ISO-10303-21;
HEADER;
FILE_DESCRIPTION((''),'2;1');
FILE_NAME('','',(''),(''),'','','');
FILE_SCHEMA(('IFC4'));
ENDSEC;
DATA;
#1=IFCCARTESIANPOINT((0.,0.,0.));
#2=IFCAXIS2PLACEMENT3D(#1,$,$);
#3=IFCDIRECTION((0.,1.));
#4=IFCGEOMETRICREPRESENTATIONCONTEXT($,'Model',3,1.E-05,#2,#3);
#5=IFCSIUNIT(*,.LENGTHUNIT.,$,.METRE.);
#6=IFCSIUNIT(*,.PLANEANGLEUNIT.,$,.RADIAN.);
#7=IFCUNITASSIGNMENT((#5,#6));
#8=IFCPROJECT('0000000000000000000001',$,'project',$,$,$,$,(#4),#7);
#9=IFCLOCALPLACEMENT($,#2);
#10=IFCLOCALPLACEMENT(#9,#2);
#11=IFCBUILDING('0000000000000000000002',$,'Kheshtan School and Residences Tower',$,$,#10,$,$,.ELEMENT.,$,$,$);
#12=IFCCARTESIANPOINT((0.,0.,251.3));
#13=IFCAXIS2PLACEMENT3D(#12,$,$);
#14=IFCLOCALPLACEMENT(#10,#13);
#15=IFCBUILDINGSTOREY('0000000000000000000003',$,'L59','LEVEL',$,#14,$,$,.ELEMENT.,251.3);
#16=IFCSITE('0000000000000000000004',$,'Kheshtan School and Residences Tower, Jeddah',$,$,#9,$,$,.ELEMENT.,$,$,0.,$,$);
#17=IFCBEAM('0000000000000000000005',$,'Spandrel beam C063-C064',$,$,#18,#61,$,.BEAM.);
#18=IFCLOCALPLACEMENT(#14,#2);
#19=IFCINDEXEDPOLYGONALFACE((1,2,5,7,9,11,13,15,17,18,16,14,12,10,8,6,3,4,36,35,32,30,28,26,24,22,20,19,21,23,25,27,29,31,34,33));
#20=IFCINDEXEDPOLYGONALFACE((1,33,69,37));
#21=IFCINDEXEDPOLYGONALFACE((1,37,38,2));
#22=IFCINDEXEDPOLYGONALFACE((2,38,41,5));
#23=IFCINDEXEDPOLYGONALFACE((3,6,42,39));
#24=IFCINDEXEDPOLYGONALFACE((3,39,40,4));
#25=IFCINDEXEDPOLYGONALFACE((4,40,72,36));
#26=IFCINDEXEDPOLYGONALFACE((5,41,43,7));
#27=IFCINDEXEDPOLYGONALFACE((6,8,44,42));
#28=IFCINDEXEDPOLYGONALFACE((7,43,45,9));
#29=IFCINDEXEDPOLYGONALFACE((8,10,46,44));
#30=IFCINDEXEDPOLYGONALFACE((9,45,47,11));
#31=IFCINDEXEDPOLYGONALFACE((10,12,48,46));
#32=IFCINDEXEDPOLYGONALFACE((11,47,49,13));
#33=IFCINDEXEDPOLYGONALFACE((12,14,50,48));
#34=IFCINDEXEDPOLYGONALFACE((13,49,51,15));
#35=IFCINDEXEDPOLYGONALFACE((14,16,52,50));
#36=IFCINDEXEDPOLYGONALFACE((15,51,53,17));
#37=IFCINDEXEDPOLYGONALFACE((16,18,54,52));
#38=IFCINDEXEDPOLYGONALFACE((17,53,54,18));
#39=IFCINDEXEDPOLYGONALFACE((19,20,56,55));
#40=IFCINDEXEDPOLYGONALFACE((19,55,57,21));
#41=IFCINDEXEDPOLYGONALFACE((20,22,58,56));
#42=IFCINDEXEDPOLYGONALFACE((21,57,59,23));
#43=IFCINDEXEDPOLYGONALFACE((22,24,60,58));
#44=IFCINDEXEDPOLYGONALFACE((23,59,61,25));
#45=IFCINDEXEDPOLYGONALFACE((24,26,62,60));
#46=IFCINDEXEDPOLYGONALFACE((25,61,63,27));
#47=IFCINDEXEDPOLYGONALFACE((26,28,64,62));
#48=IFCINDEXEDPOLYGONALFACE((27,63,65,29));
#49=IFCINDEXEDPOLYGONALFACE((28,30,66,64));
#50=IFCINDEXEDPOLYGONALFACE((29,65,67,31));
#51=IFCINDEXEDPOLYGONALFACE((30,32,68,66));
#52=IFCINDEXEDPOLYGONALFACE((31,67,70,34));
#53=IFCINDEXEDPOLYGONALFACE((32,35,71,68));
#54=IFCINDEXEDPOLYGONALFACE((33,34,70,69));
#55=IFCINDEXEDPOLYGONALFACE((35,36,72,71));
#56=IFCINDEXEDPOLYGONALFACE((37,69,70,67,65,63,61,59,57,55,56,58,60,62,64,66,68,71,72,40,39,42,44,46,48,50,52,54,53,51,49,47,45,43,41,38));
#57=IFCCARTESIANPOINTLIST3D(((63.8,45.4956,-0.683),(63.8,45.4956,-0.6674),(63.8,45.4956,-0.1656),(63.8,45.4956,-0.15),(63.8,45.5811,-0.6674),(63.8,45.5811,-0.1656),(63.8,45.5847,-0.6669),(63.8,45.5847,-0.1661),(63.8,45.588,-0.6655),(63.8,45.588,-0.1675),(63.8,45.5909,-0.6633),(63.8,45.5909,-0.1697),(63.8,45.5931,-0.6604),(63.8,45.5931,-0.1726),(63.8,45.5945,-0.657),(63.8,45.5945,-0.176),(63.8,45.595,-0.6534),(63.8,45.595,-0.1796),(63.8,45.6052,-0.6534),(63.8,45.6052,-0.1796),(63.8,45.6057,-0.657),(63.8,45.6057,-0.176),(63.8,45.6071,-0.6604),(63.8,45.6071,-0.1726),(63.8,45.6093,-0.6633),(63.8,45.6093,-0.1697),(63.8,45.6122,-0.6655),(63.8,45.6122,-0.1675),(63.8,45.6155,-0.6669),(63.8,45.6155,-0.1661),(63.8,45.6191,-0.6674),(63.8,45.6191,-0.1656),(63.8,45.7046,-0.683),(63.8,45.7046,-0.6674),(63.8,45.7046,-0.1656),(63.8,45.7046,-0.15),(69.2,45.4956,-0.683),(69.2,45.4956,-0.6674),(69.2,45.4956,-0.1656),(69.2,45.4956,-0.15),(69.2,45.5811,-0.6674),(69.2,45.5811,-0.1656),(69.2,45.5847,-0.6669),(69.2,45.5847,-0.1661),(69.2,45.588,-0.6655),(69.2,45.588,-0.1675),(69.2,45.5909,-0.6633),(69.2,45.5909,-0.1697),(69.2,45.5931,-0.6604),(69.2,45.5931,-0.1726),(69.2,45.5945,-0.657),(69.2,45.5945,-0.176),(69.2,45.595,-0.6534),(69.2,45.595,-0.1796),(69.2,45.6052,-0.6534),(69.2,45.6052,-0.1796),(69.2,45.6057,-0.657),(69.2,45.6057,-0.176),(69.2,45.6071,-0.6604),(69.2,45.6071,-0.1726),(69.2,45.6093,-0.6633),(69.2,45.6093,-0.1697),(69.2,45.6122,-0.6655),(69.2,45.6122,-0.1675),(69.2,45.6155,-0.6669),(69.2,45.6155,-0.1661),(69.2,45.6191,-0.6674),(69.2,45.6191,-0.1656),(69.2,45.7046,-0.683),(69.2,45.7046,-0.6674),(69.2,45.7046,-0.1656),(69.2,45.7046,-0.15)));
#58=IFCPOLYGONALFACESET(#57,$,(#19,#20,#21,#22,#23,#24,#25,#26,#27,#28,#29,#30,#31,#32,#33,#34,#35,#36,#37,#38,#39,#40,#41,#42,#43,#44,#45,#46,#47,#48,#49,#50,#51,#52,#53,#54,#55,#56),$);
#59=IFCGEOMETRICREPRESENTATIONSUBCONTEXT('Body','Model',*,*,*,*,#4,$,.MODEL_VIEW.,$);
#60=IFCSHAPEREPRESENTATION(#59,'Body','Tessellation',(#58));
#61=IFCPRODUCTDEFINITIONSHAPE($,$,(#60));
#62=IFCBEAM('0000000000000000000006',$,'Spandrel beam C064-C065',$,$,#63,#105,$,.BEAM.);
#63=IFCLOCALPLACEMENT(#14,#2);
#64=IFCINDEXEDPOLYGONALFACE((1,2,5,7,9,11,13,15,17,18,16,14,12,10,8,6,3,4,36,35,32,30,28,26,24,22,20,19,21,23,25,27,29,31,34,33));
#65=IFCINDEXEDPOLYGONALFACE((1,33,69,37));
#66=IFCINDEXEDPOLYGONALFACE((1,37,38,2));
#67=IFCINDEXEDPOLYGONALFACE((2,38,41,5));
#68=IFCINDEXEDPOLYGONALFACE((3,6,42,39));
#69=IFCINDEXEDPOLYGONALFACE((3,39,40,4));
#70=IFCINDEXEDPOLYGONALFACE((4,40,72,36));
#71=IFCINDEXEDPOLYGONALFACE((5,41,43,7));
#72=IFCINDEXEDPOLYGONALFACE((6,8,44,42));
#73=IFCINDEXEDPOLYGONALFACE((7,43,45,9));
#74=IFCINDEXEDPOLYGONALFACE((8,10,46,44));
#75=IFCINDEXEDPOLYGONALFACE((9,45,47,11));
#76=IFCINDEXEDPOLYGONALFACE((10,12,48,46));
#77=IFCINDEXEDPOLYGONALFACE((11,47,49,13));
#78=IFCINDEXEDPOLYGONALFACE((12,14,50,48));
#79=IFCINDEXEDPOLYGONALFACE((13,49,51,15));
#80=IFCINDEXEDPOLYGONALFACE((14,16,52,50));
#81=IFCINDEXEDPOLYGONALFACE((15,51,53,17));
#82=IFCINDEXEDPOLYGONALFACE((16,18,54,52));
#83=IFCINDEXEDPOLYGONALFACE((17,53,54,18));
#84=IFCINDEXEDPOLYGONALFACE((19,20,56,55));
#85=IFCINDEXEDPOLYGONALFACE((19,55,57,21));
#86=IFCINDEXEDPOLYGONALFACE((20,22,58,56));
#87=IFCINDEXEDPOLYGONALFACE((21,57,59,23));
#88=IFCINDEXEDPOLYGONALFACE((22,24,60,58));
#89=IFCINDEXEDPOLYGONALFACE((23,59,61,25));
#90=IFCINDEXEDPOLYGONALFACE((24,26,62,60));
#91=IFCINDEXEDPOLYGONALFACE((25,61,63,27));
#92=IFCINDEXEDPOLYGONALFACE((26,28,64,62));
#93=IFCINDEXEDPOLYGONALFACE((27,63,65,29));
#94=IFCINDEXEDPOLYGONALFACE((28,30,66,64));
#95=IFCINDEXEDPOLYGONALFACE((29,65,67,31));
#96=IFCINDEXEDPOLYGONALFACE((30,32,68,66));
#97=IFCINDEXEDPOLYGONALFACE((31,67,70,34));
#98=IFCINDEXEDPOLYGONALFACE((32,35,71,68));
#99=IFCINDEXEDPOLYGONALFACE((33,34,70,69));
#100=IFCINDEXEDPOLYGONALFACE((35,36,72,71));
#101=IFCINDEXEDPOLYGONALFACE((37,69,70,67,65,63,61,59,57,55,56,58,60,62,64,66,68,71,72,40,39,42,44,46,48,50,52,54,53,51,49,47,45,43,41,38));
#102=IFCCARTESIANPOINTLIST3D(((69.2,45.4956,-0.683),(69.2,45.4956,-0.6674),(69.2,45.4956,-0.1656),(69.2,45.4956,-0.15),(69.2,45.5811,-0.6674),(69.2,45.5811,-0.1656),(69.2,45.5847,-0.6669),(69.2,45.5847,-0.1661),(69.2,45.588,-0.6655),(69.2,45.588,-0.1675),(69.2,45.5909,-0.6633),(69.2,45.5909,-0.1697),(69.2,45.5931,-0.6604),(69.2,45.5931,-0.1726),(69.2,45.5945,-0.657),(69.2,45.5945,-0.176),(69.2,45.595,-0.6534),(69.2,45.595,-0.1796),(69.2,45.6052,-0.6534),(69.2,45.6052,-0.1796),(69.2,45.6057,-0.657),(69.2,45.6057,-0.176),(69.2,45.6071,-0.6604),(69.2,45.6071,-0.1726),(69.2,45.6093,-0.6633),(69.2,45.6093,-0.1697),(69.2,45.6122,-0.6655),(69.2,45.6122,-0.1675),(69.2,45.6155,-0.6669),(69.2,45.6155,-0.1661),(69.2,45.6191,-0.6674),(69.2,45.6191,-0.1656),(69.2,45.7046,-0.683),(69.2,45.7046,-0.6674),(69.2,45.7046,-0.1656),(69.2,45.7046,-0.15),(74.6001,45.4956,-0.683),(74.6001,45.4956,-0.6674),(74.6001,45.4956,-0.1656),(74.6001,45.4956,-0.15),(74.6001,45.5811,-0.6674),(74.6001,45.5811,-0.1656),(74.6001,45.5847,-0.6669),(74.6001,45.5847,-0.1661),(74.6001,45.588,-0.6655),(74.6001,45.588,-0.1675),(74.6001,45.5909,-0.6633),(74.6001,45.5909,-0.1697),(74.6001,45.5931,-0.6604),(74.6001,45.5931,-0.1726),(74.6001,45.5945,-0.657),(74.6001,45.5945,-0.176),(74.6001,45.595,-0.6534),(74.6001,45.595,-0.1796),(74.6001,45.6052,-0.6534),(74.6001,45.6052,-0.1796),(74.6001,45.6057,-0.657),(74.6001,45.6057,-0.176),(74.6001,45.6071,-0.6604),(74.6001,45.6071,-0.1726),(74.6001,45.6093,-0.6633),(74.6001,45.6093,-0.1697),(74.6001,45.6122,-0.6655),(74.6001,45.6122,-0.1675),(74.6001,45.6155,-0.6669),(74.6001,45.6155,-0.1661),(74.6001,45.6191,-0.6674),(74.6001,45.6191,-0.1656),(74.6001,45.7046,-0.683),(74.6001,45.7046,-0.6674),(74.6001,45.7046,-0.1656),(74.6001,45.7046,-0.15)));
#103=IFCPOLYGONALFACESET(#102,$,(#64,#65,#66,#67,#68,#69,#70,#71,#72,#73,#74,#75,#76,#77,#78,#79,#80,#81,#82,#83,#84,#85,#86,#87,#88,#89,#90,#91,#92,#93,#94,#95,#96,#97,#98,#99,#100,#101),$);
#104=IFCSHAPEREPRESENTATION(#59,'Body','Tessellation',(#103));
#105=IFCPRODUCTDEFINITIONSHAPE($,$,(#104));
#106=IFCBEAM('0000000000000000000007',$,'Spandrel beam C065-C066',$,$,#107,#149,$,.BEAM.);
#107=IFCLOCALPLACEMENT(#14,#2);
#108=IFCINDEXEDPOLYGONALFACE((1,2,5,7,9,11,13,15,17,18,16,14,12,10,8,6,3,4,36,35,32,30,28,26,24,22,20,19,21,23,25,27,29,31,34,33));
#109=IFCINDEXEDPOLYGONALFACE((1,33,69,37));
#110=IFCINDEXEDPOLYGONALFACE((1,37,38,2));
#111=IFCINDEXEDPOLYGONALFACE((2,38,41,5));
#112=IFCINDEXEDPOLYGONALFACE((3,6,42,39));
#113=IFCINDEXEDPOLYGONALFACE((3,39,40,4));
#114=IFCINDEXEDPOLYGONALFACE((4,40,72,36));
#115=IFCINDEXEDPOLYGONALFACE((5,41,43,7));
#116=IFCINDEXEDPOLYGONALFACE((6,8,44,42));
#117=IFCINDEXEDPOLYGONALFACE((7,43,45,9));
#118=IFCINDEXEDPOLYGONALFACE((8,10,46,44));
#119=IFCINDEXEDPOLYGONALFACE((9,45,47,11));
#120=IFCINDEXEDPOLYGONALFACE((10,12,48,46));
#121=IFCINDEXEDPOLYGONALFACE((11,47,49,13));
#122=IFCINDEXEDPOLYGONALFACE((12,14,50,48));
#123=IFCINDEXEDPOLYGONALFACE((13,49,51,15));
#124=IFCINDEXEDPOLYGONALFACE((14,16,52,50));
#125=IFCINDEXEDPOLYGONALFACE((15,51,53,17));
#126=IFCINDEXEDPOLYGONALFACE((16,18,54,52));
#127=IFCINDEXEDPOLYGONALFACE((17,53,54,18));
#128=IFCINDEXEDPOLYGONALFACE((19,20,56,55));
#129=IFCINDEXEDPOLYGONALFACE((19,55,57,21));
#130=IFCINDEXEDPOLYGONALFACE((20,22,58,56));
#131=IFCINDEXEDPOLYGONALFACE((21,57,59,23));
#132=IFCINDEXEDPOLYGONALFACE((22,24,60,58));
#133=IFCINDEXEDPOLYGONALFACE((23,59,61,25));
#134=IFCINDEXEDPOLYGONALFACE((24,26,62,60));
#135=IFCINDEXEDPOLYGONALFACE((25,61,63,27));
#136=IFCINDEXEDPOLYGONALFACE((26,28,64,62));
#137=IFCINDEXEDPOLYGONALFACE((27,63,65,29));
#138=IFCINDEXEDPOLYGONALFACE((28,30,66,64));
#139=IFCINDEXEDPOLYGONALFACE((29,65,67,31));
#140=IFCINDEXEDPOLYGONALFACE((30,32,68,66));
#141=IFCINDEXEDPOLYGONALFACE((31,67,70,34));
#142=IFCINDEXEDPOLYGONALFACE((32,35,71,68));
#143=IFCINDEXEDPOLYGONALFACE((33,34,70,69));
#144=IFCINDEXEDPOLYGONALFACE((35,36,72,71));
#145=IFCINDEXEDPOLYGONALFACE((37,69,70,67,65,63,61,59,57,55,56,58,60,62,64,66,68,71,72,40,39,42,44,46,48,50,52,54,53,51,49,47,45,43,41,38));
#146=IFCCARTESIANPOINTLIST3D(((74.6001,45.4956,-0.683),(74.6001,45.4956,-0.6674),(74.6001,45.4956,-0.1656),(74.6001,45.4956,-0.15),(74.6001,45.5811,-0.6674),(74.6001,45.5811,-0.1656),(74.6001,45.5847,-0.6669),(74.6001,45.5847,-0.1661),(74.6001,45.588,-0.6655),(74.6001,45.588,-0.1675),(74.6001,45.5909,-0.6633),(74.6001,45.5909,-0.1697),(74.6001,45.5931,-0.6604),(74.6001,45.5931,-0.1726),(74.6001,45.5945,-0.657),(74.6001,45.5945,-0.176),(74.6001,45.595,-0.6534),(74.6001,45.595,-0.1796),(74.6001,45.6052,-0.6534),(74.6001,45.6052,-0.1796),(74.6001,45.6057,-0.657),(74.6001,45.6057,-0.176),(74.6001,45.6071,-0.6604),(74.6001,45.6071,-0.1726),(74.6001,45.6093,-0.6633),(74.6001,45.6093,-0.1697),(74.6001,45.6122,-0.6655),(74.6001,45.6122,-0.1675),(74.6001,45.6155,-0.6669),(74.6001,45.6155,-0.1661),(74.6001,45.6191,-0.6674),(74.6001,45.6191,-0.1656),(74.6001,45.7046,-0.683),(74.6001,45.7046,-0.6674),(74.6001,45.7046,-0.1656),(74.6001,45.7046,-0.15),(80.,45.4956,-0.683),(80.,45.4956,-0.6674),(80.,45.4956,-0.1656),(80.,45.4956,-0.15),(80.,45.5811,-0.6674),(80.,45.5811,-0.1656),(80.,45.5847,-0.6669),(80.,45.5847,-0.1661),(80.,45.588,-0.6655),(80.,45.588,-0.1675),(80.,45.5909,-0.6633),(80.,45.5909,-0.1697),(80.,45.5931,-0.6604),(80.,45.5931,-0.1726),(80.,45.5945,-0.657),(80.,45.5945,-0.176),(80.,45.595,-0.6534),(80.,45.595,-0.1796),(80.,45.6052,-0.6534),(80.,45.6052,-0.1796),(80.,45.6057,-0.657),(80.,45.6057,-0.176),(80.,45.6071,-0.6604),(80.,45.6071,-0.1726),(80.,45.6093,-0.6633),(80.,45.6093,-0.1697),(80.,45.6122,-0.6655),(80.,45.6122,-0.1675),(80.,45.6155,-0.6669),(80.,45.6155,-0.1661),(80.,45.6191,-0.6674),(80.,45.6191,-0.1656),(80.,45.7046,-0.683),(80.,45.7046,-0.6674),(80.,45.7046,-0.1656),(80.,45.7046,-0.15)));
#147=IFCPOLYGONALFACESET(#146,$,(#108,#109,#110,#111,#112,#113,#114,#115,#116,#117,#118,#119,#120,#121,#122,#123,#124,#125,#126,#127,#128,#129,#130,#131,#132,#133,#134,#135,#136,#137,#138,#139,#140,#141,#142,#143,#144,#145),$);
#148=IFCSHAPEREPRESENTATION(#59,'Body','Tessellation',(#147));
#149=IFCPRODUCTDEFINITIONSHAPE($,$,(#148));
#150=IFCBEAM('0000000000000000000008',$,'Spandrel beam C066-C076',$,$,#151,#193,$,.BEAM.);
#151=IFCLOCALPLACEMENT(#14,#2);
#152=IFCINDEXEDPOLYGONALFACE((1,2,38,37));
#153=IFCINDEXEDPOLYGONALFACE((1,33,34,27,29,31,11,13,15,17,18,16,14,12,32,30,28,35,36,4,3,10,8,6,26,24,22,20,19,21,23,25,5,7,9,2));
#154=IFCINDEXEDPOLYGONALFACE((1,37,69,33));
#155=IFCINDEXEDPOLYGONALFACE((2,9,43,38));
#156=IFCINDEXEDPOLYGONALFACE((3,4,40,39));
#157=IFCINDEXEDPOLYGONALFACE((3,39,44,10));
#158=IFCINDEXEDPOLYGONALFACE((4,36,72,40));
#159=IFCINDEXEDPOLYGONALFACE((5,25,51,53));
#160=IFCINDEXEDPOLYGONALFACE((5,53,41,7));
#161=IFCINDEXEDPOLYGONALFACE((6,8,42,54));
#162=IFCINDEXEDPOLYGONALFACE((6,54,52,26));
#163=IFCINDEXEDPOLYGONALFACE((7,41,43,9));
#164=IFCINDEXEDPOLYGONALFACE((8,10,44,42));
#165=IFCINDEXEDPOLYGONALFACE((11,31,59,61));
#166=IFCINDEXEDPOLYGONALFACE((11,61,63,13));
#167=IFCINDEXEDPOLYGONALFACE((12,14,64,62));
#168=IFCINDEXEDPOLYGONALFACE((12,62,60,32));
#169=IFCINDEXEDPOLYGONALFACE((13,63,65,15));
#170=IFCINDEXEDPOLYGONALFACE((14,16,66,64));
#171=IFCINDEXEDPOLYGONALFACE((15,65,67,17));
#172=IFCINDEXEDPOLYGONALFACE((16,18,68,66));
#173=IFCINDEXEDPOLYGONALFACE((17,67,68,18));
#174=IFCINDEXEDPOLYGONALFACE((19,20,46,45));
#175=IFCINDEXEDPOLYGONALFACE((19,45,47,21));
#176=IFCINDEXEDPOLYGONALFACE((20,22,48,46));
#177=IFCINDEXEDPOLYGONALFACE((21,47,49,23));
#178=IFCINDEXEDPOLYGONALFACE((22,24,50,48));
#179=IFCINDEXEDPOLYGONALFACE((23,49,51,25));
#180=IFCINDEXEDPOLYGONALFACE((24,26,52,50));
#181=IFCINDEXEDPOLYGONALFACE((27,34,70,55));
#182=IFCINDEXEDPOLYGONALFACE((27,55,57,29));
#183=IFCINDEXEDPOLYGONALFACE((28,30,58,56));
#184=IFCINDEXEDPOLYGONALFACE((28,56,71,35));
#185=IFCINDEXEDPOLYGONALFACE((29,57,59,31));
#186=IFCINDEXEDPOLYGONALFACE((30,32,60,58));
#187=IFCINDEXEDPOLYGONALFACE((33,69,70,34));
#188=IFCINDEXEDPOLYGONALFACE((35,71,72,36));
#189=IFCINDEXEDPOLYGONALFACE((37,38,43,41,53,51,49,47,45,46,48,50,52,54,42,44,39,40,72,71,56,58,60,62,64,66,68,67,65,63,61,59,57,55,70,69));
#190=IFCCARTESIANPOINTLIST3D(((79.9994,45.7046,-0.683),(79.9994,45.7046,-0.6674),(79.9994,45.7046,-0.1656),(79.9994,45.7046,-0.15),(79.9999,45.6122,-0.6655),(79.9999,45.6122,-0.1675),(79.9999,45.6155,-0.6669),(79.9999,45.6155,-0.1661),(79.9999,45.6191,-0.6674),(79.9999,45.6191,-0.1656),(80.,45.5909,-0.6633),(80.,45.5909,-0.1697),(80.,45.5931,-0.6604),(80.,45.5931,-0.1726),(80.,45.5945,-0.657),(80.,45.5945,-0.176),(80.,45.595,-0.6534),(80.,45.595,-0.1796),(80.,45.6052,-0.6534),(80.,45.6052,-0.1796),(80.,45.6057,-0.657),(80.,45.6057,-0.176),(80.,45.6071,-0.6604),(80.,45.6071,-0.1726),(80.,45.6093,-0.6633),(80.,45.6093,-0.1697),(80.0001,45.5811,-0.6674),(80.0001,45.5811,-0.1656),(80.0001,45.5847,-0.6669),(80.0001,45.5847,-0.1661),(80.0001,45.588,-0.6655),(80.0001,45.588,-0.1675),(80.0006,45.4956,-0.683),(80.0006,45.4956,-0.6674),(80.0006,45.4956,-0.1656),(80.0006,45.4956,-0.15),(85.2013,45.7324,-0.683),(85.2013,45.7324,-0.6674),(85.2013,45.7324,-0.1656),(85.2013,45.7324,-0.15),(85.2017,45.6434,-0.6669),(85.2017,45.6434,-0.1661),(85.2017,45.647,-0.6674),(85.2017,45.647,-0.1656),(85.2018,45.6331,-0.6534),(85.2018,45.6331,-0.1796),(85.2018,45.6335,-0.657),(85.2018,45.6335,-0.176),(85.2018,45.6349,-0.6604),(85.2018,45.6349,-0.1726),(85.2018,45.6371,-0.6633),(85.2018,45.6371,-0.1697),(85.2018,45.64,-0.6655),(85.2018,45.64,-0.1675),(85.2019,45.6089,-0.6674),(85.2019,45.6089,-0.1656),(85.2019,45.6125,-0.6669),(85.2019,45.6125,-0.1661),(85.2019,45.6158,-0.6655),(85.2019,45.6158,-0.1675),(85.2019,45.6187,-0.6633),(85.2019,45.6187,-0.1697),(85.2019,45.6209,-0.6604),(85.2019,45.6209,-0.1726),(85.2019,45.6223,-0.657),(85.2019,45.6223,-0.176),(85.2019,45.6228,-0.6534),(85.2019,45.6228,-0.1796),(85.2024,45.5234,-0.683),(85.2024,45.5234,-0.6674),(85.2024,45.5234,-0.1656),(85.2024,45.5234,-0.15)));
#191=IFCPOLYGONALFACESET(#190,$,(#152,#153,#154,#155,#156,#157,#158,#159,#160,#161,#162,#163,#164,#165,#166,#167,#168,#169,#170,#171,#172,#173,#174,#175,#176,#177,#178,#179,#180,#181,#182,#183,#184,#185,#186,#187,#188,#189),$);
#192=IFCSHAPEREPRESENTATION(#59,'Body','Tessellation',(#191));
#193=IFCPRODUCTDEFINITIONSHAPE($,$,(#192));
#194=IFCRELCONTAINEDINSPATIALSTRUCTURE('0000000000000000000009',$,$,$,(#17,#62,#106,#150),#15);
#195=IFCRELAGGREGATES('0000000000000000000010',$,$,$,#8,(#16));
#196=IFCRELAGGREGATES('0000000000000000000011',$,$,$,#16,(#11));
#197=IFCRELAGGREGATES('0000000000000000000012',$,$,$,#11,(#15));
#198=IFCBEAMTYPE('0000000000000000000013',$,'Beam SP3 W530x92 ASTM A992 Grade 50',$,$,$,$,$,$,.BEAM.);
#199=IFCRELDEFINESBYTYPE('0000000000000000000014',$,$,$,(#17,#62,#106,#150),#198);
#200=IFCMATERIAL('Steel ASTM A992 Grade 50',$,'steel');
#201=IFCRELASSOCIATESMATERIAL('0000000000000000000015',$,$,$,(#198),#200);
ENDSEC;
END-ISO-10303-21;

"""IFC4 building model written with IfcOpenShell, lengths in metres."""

from ifc_helpers import new_model, si_unit, direction, frame, origin, origin_2d, place, context, subcontext, project, spatial, i_section, extrude, material, material_profile, profile_set, type_object, element, save


model = new_model("IFC4")

# Units and contexts
model_context = context("Model", 3, precision=1e-05, world=origin(), true_north=direction((0.0, 1.0)))
body_context = subcontext(model_context, "Body", "Model", "MODEL_VIEW")
ifc_project = project(units=[si_unit("LENGTHUNIT", "METRE"), si_unit("PLANEANGLEUNIT", "RADIAN")], contexts=[model_context])

# Site, building, storey
site_placement = place(None, origin())
site = spatial("IfcSite", under=ifc_project, at=site_placement, Name="Kheshtan School and Residences Tower, Jeddah", CompositionType="ELEMENT", RefElevation=0.0)
building_placement = place(site_placement, origin())
building = spatial("IfcBuilding", under=site, at=building_placement, Name="Kheshtan School and Residences Tower", CompositionType="ELEMENT")
storey_placement = place(building_placement, frame((0.0, 0.0, 251.3)))
storey = spatial("IfcBuildingStorey", under=building, at=storey_placement, Name="L59", Description="LEVEL", CompositionType="ELEMENT", Elevation=251.3)

# Shared definitions
ifc_material_1 = material(Name="Steel ASTM A992 Grade 50", Category="steel")

# Beams
ifc_material_profile_1 = material_profile(ifc_material_1, i_section(OverallWidth=0.209, OverallDepth=0.533, WebThickness=0.0103, FlangeThickness=0.0156, FilletRadius=0.0139, at=origin_2d()), Name="W530x92")
ifc_profile_set_1 = profile_set([ifc_material_profile_1], Name="Steel ASTM A992 Grade 50")
beam_type_1 = type_object("IfcBeamType", Name="Beam SP3 W530x92 ASTM A992 Grade 50", PredefinedType="BEAM", material=ifc_profile_set_1)
beam_1_placement = place(storey_placement, frame((63.8, 45.6001, -0.4165), z_axis=(1.0, 0.0, 0.0), x_axis=(0.0, 1.0, 0.0)))
element("IfcBeam", 1, at=beam_1_placement, inside=storey, type_object=beam_type_1, Name="Spandrel beam C063-C064", PredefinedType="BEAM", context=body_context, shape_type="SweptSolid", body=[
    extrude(i_section(OverallWidth=0.209, OverallDepth=0.533, WebThickness=0.0103, FlangeThickness=0.0156, FilletRadius=0.0139, at=origin_2d()), origin(), (0.0, 0.0, 1.0), 5.3999),
])
beam_2_placement = place(storey_placement, frame((69.2, 45.6001, -0.4165), z_axis=(1.0, 0.0, 0.0), x_axis=(0.0, 1.0, 0.0)))
element("IfcBeam", 2, at=beam_2_placement, inside=storey, type_object=beam_type_1, Name="Spandrel beam C064-C065", PredefinedType="BEAM", context=body_context, shape_type="SweptSolid", body=[
    extrude(i_section(OverallWidth=0.209, OverallDepth=0.533, WebThickness=0.0103, FlangeThickness=0.0156, FilletRadius=0.0139, at=origin_2d()), origin(), (0.0, 0.0, 1.0), 5.4001),
])
beam_3_placement = place(storey_placement, frame((74.6001, 45.6001, -0.4165), z_axis=(1.0, 0.0, 0.0), x_axis=(0.0, 1.0, 0.0)))
element("IfcBeam", 3, at=beam_3_placement, inside=storey, type_object=beam_type_1, Name="Spandrel beam C065-C066", PredefinedType="BEAM", context=body_context, shape_type="SweptSolid", body=[
    extrude(i_section(OverallWidth=0.209, OverallDepth=0.533, WebThickness=0.0103, FlangeThickness=0.0156, FilletRadius=0.0139, at=origin_2d()), origin(), (0.0, 0.0, 1.0), 5.3999),
])
beam_4_placement = place(storey_placement, frame((80.0, 45.6001, -0.4165), z_axis=(0.999986, 0.00535, 0.0), x_axis=(-0.00535, 0.999986, 0.0)))
element("IfcBeam", 4, at=beam_4_placement, inside=storey, type_object=beam_type_1, Name="Spandrel beam C066-C076", PredefinedType="BEAM", context=body_context, shape_type="SweptSolid", body=[
    extrude(i_section(OverallWidth=0.209, OverallDepth=0.533, WebThickness=0.0103, FlangeThickness=0.0156, FilletRadius=0.0139, at=origin_2d()), origin(), (0.0, 0.0, 1.0), 5.2019),
])

save(model, "model.ifc")
